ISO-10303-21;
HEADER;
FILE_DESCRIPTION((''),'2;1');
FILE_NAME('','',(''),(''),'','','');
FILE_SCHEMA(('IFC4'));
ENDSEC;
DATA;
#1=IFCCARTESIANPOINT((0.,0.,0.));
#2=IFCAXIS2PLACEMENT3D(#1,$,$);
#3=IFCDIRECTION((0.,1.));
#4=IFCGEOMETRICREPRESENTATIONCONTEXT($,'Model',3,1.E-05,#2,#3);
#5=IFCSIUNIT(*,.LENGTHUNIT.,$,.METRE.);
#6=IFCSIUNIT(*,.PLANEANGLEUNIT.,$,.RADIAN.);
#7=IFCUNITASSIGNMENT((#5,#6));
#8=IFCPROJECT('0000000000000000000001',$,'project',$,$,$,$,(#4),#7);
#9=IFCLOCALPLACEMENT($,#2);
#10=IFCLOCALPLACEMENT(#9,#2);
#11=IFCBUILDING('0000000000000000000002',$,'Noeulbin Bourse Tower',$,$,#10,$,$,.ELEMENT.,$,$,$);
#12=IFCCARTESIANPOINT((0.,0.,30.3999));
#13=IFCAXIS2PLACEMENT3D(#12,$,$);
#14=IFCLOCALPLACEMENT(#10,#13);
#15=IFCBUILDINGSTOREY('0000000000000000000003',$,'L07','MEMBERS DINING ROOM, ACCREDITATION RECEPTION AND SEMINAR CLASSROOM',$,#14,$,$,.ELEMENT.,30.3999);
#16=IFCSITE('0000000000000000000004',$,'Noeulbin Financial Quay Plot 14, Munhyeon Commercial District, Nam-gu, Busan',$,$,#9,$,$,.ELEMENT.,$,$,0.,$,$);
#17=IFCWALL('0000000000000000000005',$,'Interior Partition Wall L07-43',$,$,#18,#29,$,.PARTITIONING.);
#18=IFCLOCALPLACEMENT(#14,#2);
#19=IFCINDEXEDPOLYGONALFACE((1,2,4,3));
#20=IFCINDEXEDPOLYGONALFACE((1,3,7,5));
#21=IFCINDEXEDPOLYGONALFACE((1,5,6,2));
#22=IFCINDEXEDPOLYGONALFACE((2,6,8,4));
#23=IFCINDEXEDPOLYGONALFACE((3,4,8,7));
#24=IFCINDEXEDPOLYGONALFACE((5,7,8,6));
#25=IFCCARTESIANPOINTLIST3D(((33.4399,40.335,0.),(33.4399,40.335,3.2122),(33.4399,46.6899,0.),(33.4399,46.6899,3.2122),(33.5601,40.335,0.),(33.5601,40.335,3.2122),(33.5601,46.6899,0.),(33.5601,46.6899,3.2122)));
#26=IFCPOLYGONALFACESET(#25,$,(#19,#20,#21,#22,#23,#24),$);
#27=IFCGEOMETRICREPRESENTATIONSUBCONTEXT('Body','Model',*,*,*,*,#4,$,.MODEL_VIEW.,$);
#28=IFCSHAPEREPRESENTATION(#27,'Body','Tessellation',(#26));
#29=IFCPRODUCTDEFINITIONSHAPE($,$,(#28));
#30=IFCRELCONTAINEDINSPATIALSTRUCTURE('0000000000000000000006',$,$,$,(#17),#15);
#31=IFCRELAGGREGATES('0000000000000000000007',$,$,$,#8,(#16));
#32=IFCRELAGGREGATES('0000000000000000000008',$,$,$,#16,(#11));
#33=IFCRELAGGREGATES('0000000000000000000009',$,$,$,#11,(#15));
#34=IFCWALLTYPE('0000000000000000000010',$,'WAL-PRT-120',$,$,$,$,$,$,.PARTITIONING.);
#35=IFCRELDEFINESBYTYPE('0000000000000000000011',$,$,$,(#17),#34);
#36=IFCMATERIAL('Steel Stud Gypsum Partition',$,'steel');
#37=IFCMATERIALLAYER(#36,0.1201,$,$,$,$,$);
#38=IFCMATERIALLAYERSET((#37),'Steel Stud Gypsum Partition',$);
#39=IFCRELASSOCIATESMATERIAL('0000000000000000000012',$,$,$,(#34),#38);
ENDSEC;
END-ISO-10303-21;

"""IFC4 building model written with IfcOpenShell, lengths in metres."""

from ifc_helpers import new_model, si_unit, direction, frame, frame_2d, origin, place, context, subcontext, project, spatial, rectangle, extrude, material, layer, layer_set, type_object, element, save


model = new_model("IFC4")

# Units and contexts
model_context = context("Model", 3, precision=1e-05, world=origin(), true_north=direction((0.0, 1.0)))
body_context = subcontext(model_context, "Body", "Model", "MODEL_VIEW")
ifc_project = project(units=[si_unit("LENGTHUNIT", "METRE"), si_unit("PLANEANGLEUNIT", "RADIAN")], contexts=[model_context])

# Site, building, storey
site_placement = place(None, origin())
site = spatial("IfcSite", under=ifc_project, at=site_placement, Name="Noeulbin Financial Quay Plot 14, Munhyeon Commercial District, Nam-gu, Busan", CompositionType="ELEMENT", RefElevation=0.0)
building_placement = place(site_placement, origin())
building = spatial("IfcBuilding", under=site, at=building_placement, Name="Noeulbin Bourse Tower", CompositionType="ELEMENT")
storey_placement = place(building_placement, frame((0.0, 0.0, 30.3999)))
storey = spatial("IfcBuildingStorey", under=building, at=storey_placement, Name="L07", Description="MEMBERS DINING ROOM, ACCREDITATION RECEPTION AND SEMINAR CLASSROOM", CompositionType="ELEMENT", Elevation=30.3999)

# Wall
ifc_material_1 = material(Name="Steel Stud Gypsum Partition", Category="steel")
ifc_layer_1 = layer(ifc_material_1, 0.1201)
ifc_layer_set_1 = layer_set([ifc_layer_1], Name="Steel Stud Gypsum Partition")
wall_type = type_object("IfcWallType", Name="WAL-PRT-120", PredefinedType="PARTITIONING", material=ifc_layer_set_1)
wall_placement = place(storey_placement, frame((33.5, 40.335, 0.0), z_axis=(0.0, 0.0, 1.0), x_axis=(0.0, 1.0, 0.0)))
element("IfcWall", 1, at=wall_placement, inside=storey, type_object=wall_type, Name="Interior Partition Wall L07-43", PredefinedType="PARTITIONING", context=body_context, shape_type="SweptSolid", body=[
    extrude(rectangle(XDim=6.355, YDim=0.1201, at=frame_2d((3.1775, 0.0))), origin(), (0.0, 0.0, 1.0), 3.2122),
])

save(model, "model.ifc")
